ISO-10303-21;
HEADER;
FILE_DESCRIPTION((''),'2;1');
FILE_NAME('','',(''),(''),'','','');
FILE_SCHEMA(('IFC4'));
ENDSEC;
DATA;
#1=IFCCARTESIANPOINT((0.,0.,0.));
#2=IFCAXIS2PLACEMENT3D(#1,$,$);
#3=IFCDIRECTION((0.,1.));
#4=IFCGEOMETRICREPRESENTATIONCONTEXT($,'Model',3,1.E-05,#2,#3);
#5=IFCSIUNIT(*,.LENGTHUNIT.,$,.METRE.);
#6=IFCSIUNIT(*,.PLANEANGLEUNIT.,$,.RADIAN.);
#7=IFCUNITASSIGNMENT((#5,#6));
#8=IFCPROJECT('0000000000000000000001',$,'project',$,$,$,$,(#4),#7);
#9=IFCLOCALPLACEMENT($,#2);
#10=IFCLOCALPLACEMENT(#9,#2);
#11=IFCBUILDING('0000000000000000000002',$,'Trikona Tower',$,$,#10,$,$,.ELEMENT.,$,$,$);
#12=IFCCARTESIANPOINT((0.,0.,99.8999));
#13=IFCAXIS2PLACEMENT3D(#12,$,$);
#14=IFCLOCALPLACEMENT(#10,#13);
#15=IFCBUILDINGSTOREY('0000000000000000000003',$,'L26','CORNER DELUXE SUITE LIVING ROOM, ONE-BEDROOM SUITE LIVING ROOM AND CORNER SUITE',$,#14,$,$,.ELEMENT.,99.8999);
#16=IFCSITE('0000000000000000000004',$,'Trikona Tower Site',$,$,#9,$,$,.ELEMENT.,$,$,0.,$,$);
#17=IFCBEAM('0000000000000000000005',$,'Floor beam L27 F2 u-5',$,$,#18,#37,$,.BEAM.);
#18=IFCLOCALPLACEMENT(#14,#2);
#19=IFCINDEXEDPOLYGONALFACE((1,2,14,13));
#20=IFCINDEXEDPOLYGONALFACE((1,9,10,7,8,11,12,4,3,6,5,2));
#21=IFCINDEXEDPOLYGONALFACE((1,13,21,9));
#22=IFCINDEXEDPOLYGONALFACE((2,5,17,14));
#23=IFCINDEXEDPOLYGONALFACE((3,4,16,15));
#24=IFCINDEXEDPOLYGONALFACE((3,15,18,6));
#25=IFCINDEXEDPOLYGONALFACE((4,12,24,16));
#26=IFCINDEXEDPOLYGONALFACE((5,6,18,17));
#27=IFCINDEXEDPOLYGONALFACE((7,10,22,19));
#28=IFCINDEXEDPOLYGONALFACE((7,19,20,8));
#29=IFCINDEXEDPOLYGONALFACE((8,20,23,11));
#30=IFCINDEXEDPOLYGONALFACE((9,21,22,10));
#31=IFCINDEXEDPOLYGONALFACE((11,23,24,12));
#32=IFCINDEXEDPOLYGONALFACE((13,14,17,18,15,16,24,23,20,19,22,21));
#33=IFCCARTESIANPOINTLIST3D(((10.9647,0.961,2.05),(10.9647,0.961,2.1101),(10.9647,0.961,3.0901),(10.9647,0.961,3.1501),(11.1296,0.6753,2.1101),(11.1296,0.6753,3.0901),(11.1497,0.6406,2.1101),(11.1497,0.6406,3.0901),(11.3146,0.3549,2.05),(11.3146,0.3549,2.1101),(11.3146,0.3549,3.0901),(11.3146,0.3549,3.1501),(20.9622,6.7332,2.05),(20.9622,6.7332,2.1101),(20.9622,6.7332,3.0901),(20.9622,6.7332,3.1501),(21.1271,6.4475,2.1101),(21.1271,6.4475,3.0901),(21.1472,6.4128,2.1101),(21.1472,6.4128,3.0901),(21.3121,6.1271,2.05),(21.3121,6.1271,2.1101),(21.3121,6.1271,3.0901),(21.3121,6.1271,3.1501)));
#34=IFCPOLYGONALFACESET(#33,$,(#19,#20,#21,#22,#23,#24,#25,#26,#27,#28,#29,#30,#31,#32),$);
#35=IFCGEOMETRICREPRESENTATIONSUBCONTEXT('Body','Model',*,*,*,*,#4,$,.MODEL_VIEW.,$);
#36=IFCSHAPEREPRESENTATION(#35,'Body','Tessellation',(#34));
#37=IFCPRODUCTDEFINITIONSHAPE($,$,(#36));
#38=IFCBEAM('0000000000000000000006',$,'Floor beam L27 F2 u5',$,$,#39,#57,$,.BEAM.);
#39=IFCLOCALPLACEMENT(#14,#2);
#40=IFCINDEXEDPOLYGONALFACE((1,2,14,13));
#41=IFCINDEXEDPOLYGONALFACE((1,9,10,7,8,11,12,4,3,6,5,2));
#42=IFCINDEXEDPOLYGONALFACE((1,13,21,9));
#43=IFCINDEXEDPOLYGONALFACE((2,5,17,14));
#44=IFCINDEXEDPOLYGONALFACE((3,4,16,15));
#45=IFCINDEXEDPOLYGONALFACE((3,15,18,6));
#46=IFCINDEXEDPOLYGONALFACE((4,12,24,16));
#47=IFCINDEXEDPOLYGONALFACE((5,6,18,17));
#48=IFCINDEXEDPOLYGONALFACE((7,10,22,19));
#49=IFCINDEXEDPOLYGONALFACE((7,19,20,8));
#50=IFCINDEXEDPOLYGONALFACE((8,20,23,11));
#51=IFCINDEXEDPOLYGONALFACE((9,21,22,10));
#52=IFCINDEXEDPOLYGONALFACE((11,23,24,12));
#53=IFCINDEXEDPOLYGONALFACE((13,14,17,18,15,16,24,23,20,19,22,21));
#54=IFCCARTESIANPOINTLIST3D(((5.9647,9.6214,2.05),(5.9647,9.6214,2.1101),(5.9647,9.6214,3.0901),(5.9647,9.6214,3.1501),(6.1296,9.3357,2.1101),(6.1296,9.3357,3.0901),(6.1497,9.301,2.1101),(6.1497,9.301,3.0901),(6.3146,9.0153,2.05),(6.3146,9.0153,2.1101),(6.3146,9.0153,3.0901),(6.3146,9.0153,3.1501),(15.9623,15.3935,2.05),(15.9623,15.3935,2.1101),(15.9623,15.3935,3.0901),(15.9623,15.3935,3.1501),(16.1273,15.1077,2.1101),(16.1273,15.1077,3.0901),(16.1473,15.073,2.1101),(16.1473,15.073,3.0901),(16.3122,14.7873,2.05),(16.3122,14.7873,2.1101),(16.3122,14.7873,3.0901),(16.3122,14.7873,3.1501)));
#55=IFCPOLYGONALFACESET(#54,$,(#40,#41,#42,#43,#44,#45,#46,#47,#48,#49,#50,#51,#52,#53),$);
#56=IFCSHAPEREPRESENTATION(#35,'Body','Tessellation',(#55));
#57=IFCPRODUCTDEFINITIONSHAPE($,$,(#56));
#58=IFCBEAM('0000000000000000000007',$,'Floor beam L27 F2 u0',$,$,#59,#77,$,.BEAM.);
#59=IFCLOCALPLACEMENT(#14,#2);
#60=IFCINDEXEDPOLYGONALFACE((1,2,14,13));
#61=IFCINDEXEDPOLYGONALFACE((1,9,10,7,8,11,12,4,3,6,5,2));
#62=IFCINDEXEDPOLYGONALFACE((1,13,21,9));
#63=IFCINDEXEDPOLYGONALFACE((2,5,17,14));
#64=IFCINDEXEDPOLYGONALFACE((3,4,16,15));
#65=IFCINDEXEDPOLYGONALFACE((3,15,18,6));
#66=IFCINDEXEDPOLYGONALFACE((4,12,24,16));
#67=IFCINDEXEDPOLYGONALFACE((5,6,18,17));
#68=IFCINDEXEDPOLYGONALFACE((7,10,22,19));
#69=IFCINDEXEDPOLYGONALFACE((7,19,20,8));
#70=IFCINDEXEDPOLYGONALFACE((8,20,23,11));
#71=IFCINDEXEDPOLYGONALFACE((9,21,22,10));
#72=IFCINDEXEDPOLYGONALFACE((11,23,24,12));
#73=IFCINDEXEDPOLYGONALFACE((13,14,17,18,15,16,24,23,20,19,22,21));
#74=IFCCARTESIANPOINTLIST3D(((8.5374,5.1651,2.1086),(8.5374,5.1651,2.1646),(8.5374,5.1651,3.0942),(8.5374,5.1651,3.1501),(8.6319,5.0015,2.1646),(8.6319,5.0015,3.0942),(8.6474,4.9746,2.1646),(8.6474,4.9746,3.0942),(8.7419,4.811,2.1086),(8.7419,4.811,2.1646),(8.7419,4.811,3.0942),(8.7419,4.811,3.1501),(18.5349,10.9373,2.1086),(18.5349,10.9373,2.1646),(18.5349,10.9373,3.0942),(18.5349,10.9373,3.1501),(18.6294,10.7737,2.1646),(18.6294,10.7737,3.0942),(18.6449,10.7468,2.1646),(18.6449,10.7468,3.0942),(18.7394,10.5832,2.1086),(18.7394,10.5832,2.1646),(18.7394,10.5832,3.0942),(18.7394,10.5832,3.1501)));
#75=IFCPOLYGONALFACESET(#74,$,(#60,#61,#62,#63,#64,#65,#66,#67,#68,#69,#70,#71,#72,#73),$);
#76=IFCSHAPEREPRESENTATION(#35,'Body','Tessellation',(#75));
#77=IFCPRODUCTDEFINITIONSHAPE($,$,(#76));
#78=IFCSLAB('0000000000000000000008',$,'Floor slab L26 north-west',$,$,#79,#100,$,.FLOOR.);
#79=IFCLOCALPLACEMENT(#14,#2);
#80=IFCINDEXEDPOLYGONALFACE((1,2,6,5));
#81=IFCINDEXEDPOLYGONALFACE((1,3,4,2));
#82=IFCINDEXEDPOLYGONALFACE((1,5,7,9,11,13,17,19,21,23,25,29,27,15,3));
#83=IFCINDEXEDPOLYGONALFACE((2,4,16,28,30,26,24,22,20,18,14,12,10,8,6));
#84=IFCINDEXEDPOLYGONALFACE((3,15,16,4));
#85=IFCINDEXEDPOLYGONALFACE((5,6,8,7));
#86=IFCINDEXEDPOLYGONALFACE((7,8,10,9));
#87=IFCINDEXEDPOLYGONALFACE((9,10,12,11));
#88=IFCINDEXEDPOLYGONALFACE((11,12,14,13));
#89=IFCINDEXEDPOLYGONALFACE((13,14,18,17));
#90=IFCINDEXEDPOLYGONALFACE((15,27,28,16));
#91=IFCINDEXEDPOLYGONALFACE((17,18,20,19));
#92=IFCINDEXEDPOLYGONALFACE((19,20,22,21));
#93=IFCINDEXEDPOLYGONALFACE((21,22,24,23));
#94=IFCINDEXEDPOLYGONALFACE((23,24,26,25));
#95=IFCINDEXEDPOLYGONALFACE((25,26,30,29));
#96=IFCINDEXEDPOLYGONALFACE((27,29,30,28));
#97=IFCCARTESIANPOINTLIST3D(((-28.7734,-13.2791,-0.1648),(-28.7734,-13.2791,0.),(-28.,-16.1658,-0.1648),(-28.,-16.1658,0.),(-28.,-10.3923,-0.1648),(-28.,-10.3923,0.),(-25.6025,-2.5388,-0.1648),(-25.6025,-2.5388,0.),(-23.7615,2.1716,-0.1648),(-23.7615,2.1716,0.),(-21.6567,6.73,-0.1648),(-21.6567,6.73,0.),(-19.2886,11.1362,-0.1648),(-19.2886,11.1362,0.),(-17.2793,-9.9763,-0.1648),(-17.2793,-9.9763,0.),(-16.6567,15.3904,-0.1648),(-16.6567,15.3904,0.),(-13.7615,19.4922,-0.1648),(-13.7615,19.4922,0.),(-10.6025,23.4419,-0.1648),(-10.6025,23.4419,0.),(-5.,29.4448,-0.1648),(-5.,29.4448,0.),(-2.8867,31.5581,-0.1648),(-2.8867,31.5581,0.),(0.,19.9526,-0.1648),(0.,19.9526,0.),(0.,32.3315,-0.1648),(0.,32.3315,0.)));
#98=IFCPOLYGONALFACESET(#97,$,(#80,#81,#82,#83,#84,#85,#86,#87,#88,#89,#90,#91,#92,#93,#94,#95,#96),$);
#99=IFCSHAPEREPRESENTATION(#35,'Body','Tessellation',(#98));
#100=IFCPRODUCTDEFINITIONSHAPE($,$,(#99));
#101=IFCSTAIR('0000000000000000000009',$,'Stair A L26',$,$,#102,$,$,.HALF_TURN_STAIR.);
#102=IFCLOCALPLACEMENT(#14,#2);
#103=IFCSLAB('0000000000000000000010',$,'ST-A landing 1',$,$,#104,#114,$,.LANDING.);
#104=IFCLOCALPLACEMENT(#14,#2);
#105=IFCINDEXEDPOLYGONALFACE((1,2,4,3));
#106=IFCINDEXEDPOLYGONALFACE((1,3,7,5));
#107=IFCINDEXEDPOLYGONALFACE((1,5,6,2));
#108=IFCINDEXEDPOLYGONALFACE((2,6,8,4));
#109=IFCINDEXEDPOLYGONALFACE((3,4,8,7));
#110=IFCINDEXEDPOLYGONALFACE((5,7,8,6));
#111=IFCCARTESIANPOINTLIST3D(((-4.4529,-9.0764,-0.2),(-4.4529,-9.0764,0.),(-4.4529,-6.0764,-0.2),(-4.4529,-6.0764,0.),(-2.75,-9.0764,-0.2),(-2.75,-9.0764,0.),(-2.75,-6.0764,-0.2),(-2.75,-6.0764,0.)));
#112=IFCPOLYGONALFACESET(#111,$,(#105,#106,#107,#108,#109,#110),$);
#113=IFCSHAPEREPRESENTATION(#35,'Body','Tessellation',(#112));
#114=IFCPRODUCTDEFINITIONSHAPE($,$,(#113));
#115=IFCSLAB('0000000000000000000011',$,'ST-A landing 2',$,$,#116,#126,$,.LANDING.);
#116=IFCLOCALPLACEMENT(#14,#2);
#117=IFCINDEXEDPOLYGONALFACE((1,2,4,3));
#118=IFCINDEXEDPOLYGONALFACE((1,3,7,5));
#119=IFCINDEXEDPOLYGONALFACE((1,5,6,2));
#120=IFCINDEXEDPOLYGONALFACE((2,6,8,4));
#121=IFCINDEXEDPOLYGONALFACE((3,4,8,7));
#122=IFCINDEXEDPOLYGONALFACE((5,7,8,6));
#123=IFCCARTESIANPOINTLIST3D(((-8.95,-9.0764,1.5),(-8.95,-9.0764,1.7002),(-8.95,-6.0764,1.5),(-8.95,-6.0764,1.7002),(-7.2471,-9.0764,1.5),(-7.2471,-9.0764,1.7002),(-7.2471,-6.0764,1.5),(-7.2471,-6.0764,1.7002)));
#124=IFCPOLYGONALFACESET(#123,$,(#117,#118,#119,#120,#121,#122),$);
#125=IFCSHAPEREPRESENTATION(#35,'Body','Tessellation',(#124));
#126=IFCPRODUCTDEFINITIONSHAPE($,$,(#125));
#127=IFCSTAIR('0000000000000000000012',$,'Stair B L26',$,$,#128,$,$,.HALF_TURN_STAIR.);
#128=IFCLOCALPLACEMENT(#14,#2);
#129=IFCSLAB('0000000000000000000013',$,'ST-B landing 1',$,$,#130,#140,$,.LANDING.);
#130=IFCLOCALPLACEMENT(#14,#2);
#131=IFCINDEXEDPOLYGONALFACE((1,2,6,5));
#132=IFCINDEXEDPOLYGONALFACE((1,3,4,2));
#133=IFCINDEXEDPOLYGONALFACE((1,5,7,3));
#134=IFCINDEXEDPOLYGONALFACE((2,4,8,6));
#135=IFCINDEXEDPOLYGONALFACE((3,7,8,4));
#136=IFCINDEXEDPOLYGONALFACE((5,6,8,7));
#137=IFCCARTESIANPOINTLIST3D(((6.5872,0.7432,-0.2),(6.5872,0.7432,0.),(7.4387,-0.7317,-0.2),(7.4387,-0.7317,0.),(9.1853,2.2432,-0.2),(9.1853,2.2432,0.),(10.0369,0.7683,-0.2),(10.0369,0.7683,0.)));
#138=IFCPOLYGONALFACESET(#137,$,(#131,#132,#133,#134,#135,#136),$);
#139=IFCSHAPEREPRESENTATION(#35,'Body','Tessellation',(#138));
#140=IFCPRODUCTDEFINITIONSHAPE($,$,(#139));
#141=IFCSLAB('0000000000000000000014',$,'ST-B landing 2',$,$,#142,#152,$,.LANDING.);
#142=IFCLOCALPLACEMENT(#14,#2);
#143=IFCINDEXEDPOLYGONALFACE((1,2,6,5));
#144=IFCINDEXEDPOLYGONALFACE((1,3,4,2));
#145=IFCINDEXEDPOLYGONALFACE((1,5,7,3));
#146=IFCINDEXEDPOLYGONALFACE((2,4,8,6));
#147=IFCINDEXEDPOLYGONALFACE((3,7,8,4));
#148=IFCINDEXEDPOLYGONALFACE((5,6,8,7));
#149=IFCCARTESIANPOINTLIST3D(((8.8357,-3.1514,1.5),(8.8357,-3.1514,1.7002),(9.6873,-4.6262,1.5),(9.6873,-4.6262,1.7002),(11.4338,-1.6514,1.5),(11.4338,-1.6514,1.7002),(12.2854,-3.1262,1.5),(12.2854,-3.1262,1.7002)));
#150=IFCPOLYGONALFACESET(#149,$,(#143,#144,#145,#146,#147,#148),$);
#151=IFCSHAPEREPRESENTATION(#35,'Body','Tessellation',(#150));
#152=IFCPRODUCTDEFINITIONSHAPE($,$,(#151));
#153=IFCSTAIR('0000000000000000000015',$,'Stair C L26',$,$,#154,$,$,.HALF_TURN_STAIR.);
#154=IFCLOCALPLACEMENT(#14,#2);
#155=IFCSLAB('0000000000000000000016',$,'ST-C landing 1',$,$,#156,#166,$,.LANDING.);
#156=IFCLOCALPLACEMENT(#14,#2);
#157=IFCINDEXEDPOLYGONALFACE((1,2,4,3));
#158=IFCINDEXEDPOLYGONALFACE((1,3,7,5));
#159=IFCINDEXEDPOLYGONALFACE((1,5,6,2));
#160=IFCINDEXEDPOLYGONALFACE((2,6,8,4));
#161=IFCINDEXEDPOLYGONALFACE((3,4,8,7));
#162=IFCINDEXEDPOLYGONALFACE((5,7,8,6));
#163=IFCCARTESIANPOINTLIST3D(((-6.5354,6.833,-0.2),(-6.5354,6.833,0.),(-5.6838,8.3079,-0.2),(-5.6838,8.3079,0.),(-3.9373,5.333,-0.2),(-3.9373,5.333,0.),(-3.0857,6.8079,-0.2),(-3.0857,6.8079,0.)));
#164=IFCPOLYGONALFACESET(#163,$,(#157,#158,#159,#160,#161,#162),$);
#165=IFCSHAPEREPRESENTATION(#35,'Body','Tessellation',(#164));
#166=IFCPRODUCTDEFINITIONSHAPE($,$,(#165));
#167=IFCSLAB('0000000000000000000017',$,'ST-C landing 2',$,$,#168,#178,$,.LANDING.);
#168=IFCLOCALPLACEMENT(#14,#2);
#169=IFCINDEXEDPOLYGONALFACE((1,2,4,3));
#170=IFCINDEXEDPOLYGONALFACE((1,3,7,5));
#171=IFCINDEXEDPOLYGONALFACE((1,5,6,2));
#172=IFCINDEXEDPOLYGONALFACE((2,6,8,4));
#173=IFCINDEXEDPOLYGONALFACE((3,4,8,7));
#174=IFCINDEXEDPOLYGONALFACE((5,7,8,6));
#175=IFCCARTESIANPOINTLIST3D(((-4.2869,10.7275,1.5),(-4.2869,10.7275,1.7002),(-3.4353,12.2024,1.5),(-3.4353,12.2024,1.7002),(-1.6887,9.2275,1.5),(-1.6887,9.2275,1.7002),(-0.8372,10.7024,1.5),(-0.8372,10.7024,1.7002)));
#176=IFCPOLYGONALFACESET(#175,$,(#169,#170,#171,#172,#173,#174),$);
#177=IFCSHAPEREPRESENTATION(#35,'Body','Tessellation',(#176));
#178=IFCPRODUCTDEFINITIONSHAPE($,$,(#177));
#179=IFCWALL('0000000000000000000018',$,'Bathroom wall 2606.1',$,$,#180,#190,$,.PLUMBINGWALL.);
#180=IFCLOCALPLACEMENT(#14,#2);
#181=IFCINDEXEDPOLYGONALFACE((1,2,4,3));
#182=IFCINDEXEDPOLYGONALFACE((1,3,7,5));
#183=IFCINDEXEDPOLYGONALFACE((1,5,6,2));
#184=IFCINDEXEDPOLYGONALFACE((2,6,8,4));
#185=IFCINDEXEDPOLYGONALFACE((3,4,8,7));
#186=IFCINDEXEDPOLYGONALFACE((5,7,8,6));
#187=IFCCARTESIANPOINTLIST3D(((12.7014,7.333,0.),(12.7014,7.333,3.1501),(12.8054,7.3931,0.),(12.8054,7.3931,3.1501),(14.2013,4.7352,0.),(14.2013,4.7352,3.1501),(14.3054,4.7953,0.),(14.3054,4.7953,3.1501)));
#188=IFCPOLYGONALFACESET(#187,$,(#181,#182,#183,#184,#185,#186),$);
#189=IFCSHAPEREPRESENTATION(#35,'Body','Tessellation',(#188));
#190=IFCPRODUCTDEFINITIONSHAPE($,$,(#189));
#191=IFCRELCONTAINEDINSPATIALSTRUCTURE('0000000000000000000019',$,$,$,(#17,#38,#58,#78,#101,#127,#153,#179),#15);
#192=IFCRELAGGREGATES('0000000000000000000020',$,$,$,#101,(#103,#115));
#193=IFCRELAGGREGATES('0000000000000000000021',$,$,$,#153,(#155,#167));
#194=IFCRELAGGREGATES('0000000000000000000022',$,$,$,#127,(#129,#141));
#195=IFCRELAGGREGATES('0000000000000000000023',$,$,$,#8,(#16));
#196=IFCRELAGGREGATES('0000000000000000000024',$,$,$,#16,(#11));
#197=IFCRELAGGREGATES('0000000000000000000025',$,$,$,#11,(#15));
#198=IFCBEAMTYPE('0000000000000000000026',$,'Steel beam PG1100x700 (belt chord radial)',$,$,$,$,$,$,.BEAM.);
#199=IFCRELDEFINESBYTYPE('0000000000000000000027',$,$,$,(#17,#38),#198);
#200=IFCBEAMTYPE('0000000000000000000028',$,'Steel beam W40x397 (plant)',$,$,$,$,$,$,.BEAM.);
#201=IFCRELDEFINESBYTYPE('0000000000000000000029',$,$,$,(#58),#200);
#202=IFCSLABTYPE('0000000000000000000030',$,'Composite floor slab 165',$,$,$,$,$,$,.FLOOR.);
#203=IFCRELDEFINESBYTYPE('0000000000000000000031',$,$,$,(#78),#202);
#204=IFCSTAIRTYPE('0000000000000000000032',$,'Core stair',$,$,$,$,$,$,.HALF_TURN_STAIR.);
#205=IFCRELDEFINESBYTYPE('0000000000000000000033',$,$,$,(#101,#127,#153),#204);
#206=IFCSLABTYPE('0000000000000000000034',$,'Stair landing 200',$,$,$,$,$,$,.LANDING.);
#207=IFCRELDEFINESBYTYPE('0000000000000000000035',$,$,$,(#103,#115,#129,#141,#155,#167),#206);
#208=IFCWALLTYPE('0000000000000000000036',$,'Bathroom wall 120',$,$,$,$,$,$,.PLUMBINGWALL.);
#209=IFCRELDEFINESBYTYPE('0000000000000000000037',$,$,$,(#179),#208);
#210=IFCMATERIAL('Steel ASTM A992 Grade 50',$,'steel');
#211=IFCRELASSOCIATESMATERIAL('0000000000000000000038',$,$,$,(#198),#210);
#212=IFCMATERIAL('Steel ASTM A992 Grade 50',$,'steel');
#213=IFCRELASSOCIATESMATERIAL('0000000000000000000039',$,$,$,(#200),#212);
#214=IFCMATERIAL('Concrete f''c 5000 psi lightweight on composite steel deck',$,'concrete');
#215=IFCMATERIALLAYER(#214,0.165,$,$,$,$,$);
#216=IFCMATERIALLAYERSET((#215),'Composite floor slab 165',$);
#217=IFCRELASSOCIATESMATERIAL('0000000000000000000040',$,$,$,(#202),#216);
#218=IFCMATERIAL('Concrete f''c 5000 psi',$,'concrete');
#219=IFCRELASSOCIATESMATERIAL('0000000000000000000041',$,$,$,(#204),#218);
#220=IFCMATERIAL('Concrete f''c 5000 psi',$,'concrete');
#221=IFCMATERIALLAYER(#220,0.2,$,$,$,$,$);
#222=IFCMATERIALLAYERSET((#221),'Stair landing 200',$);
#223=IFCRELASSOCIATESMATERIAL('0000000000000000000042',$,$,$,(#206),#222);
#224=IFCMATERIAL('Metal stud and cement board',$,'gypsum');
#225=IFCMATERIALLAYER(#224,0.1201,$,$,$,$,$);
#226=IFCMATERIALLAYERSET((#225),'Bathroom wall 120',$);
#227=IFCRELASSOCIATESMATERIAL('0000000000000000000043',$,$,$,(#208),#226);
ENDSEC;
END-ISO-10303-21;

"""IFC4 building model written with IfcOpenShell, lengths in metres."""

from ifc_helpers import new_model, si_unit, direction, frame, frame_2d, origin, origin_2d, place, context, subcontext, project, spatial, polyline, rectangle, i_section, outline, extrude, material, layer, layer_set, material_profile, profile_set, type_object, element, aggregate, save


model = new_model("IFC4")

# Units and contexts
model_context = context("Model", 3, precision=1e-05, world=origin(), true_north=direction((0.0, 1.0)))
body_context = subcontext(model_context, "Body", "Model", "MODEL_VIEW")
ifc_project = project(units=[si_unit("LENGTHUNIT", "METRE"), si_unit("PLANEANGLEUNIT", "RADIAN")], contexts=[model_context])

# Site, building, storey
site_placement = place(None, origin())
site = spatial("IfcSite", under=ifc_project, at=site_placement, Name="Trikona Tower Site", CompositionType="ELEMENT", RefElevation=0.0)
building_placement = place(site_placement, origin())
building = spatial("IfcBuilding", under=site, at=building_placement, Name="Trikona Tower", CompositionType="ELEMENT")
storey_placement = place(building_placement, frame((0.0, 0.0, 99.8999)))
storey = spatial("IfcBuildingStorey", under=building, at=storey_placement, Name="L26", Description="CORNER DELUXE SUITE LIVING ROOM, ONE-BEDROOM SUITE LIVING ROOM AND CORNER SUITE", CompositionType="ELEMENT", Elevation=99.8999)

# Beams
ifc_material_1 = material(Name="Steel ASTM A992 Grade 50", Category="steel")
ifc_material_profile_1 = material_profile(ifc_material_1, i_section(OverallWidth=0.7, OverallDepth=1.1001, WebThickness=0.04, FlangeThickness=0.0601, at=origin_2d()), Name="PG1100X700")
ifc_profile_set_1 = profile_set([ifc_material_profile_1], Name="Steel ASTM A992 Grade 50")
beam_type_1 = type_object("IfcBeamType", Name="Steel beam PG1100x700 (belt chord radial)", PredefinedType="BEAM", material=ifc_profile_set_1)
for number, where, z_axis, x_axis, name in (
    (1, (11.1396, 0.658, 2.6001), (0.866021, 0.500008, 0.0), (-0.500008, 0.866021, 0.0), "Floor beam L27 F2 u-5"),
    (2, (6.1396, 9.3184, 2.6001), (0.86603, 0.499992, 0.0), (-0.499992, 0.86603, 0.0), "Floor beam L27 F2 u5"),
):
    element("IfcBeam", number, at=place(storey_placement, frame(where, z_axis=z_axis, x_axis=x_axis)), inside=storey, type_object=beam_type_1, Name=name, PredefinedType="BEAM", context=body_context, shape_type="SweptSolid", body=[
        extrude(i_section(OverallWidth=0.7, OverallDepth=1.1001, WebThickness=0.04, FlangeThickness=0.0601, at=origin_2d()), origin(), (0.0, 0.0, 1.0), 11.5442),
    ])
ifc_material_2 = material(Name="Steel ASTM A992 Grade 50", Category="steel")
ifc_material_profile_2 = material_profile(ifc_material_2, i_section(OverallWidth=0.4089, OverallDepth=1.0415, WebThickness=0.031, FlangeThickness=0.0559, at=origin_2d()), Name="W40X397")
ifc_profile_set_2 = profile_set([ifc_material_profile_2], Name="Steel ASTM A992 Grade 50")
beam_type_2 = type_object("IfcBeamType", Name="Steel beam W40x397 (plant)", PredefinedType="BEAM", material=ifc_profile_set_2)
beam_placement = place(storey_placement, frame((8.6396, 4.988, 2.6294), z_axis=(0.866021, 0.500008, 0.0), x_axis=(-0.500008, 0.866021, 0.0)))
element("IfcBeam", 3, at=beam_placement, inside=storey, type_object=beam_type_2, Name="Floor beam L27 F2 u0", PredefinedType="BEAM", context=body_context, shape_type="SweptSolid", body=[
    extrude(i_section(OverallWidth=0.4089, OverallDepth=1.0415, WebThickness=0.031, FlangeThickness=0.0559, at=origin_2d()), origin(), (0.0, 0.0, 1.0), 11.5442),
])

# Slab
ifc_material_3 = material(Name="Concrete f'c 5000 psi lightweight on composite steel deck", Category="concrete")
ifc_layer_1 = layer(ifc_material_3, 0.165)
ifc_layer_set_1 = layer_set([ifc_layer_1], Name="Composite floor slab 165")
slab_type_1 = type_object("IfcSlabType", Name="Composite floor slab 165", PredefinedType="FLOOR", material=ifc_layer_set_1)
slab_1_placement = place(storey_placement, frame((0.0, 0.0, -0.1648)))
element("IfcSlab", 4, at=slab_1_placement, inside=storey, type_object=slab_type_1, Name="Floor slab L26 north-west", PredefinedType="FLOOR", context=body_context, shape_type="SweptSolid", body=[
    extrude(outline(polyline([(0.0, 19.9526), (0.0, 32.3315), (-2.8867, 31.5581), (-5.0, 29.4448), (-10.6025, 23.4419), (-13.7615, 19.4922), (-16.6567, 15.3904), (-19.2886, 11.1362), (-21.6567, 6.73), (-23.7615, 2.1716), (-25.6025, -2.5388), (-28.0, -10.3923), (-28.7734, -13.2791), (-28.0, -16.1658), (-17.2793, -9.9763), (0.0, 19.9526)])), origin(), (0.0, 0.0, 1.0), 0.1648),
])

# Stairs, slabs
ifc_material_4 = material(Name="Concrete f'c 5000 psi", Category="concrete")
stair_type = type_object("IfcStairType", Name="Core stair", PredefinedType="HALF_TURN_STAIR", material=ifc_material_4)
stair_1_placement = place(storey_placement, origin())
stair_1 = element("IfcStair", 5, at=stair_1_placement, inside=storey, type_object=stair_type, Name="Stair A L26", PredefinedType="HALF_TURN_STAIR")
ifc_material_5 = material(Name="Concrete f'c 5000 psi", Category="concrete")
ifc_layer_2 = layer(ifc_material_5, 0.2)
ifc_layer_set_2 = layer_set([ifc_layer_2], Name="Stair landing 200")
slab_type_2 = type_object("IfcSlabType", Name="Stair landing 200", PredefinedType="LANDING", material=ifc_layer_set_2)
slab_2_placement = place(storey_placement, frame((0.0, 0.0, -0.2)))
slab_2 = element("IfcSlab", 6, at=slab_2_placement, type_object=slab_type_2, Name="ST-A landing 1", PredefinedType="LANDING", context=body_context, shape_type="SweptSolid", body=[
    extrude(outline(polyline([(-4.4529, -6.0764), (-2.75, -6.0764), (-2.75, -9.0764), (-4.4529, -9.0764), (-4.4529, -6.0764)])), origin(), (0.0, 0.0, 1.0), 0.2),
])
slab_3_placement = place(storey_placement, frame((0.0, 0.0, 1.5)))
slab_3 = element("IfcSlab", 7, at=slab_3_placement, type_object=slab_type_2, Name="ST-A landing 2", PredefinedType="LANDING", context=body_context, shape_type="SweptSolid", body=[
    extrude(outline(polyline([(-8.95, -6.0764), (-7.2471, -6.0764), (-7.2471, -9.0764), (-8.95, -9.0764), (-8.95, -6.0764)])), origin(), (0.0, 0.0, 1.0), 0.2002),
])
aggregate(stair_1, [slab_2, slab_3])
stair_2_placement = place(storey_placement, origin())
stair_2 = element("IfcStair", 8, at=stair_2_placement, inside=storey, type_object=stair_type, Name="Stair B L26", PredefinedType="HALF_TURN_STAIR")
slab_4_placement = place(storey_placement, frame((0.0, 0.0, -0.2)))
slab_4 = element("IfcSlab", 9, at=slab_4_placement, type_object=slab_type_2, Name="ST-B landing 1", PredefinedType="LANDING", context=body_context, shape_type="SweptSolid", body=[
    extrude(outline(polyline([(7.4387, -0.7317), (6.5872, 0.7432), (9.1853, 2.2432), (10.0369, 0.7683), (7.4387, -0.7317)])), origin(), (0.0, 0.0, 1.0), 0.2),
])
slab_5_placement = place(storey_placement, frame((0.0, 0.0, 1.5)))
slab_5 = element("IfcSlab", 10, at=slab_5_placement, type_object=slab_type_2, Name="ST-B landing 2", PredefinedType="LANDING", context=body_context, shape_type="SweptSolid", body=[
    extrude(outline(polyline([(9.6873, -4.6262), (8.8357, -3.1514), (11.4338, -1.6514), (12.2854, -3.1262), (9.6873, -4.6262)])), origin(), (0.0, 0.0, 1.0), 0.2002),
])
stair_3_placement = place(storey_placement, origin())
stair_3 = element("IfcStair", 11, at=stair_3_placement, inside=storey, type_object=stair_type, Name="Stair C L26", PredefinedType="HALF_TURN_STAIR")
slab_6_placement = place(storey_placement, frame((0.0, 0.0, -0.2)))
slab_6 = element("IfcSlab", 12, at=slab_6_placement, type_object=slab_type_2, Name="ST-C landing 1", PredefinedType="LANDING", context=body_context, shape_type="SweptSolid", body=[
    extrude(outline(polyline([(-3.0857, 6.8079), (-3.9373, 5.333), (-6.5354, 6.833), (-5.6838, 8.3079), (-3.0857, 6.8079)])), origin(), (0.0, 0.0, 1.0), 0.2),
])
slab_7_placement = place(storey_placement, frame((0.0, 0.0, 1.5)))
slab_7 = element("IfcSlab", 13, at=slab_7_placement, type_object=slab_type_2, Name="ST-C landing 2", PredefinedType="LANDING", context=body_context, shape_type="SweptSolid", body=[
    extrude(outline(polyline([(-0.8372, 10.7024), (-1.6887, 9.2275), (-4.2869, 10.7275), (-3.4353, 12.2024), (-0.8372, 10.7024)])), origin(), (0.0, 0.0, 1.0), 0.2002),
])
aggregate(stair_3, [slab_6, slab_7])

# Wall
ifc_material_6 = material(Name="Metal stud and cement board", Category="gypsum")
ifc_layer_3 = layer(ifc_material_6, 0.1201)
ifc_layer_set_3 = layer_set([ifc_layer_3], Name="Bathroom wall 120")
wall_type_1 = type_object("IfcWallType", Name="Bathroom wall 120", PredefinedType="PLUMBINGWALL", material=ifc_layer_set_3)
wall_1_placement = place(storey_placement, frame((14.2534, 4.7651, 0.0), z_axis=(0.0, 0.0, 1.0), x_axis=(-0.500025, 0.866011, 0.0)))
element("IfcWall", 14, at=wall_1_placement, inside=storey, type_object=wall_type_1, Name="Bathroom wall 2606.1", PredefinedType="PLUMBINGWALL", context=body_context, shape_type="SweptSolid", body=[
    extrude(rectangle(XDim=2.9998, YDim=0.1201, at=frame_2d((1.5, 0.0))), origin(), (0.0, 0.0, 1.0), 3.1501),
])

aggregate(stair_2, [slab_4, slab_5])

save(model, "model.ifc")
